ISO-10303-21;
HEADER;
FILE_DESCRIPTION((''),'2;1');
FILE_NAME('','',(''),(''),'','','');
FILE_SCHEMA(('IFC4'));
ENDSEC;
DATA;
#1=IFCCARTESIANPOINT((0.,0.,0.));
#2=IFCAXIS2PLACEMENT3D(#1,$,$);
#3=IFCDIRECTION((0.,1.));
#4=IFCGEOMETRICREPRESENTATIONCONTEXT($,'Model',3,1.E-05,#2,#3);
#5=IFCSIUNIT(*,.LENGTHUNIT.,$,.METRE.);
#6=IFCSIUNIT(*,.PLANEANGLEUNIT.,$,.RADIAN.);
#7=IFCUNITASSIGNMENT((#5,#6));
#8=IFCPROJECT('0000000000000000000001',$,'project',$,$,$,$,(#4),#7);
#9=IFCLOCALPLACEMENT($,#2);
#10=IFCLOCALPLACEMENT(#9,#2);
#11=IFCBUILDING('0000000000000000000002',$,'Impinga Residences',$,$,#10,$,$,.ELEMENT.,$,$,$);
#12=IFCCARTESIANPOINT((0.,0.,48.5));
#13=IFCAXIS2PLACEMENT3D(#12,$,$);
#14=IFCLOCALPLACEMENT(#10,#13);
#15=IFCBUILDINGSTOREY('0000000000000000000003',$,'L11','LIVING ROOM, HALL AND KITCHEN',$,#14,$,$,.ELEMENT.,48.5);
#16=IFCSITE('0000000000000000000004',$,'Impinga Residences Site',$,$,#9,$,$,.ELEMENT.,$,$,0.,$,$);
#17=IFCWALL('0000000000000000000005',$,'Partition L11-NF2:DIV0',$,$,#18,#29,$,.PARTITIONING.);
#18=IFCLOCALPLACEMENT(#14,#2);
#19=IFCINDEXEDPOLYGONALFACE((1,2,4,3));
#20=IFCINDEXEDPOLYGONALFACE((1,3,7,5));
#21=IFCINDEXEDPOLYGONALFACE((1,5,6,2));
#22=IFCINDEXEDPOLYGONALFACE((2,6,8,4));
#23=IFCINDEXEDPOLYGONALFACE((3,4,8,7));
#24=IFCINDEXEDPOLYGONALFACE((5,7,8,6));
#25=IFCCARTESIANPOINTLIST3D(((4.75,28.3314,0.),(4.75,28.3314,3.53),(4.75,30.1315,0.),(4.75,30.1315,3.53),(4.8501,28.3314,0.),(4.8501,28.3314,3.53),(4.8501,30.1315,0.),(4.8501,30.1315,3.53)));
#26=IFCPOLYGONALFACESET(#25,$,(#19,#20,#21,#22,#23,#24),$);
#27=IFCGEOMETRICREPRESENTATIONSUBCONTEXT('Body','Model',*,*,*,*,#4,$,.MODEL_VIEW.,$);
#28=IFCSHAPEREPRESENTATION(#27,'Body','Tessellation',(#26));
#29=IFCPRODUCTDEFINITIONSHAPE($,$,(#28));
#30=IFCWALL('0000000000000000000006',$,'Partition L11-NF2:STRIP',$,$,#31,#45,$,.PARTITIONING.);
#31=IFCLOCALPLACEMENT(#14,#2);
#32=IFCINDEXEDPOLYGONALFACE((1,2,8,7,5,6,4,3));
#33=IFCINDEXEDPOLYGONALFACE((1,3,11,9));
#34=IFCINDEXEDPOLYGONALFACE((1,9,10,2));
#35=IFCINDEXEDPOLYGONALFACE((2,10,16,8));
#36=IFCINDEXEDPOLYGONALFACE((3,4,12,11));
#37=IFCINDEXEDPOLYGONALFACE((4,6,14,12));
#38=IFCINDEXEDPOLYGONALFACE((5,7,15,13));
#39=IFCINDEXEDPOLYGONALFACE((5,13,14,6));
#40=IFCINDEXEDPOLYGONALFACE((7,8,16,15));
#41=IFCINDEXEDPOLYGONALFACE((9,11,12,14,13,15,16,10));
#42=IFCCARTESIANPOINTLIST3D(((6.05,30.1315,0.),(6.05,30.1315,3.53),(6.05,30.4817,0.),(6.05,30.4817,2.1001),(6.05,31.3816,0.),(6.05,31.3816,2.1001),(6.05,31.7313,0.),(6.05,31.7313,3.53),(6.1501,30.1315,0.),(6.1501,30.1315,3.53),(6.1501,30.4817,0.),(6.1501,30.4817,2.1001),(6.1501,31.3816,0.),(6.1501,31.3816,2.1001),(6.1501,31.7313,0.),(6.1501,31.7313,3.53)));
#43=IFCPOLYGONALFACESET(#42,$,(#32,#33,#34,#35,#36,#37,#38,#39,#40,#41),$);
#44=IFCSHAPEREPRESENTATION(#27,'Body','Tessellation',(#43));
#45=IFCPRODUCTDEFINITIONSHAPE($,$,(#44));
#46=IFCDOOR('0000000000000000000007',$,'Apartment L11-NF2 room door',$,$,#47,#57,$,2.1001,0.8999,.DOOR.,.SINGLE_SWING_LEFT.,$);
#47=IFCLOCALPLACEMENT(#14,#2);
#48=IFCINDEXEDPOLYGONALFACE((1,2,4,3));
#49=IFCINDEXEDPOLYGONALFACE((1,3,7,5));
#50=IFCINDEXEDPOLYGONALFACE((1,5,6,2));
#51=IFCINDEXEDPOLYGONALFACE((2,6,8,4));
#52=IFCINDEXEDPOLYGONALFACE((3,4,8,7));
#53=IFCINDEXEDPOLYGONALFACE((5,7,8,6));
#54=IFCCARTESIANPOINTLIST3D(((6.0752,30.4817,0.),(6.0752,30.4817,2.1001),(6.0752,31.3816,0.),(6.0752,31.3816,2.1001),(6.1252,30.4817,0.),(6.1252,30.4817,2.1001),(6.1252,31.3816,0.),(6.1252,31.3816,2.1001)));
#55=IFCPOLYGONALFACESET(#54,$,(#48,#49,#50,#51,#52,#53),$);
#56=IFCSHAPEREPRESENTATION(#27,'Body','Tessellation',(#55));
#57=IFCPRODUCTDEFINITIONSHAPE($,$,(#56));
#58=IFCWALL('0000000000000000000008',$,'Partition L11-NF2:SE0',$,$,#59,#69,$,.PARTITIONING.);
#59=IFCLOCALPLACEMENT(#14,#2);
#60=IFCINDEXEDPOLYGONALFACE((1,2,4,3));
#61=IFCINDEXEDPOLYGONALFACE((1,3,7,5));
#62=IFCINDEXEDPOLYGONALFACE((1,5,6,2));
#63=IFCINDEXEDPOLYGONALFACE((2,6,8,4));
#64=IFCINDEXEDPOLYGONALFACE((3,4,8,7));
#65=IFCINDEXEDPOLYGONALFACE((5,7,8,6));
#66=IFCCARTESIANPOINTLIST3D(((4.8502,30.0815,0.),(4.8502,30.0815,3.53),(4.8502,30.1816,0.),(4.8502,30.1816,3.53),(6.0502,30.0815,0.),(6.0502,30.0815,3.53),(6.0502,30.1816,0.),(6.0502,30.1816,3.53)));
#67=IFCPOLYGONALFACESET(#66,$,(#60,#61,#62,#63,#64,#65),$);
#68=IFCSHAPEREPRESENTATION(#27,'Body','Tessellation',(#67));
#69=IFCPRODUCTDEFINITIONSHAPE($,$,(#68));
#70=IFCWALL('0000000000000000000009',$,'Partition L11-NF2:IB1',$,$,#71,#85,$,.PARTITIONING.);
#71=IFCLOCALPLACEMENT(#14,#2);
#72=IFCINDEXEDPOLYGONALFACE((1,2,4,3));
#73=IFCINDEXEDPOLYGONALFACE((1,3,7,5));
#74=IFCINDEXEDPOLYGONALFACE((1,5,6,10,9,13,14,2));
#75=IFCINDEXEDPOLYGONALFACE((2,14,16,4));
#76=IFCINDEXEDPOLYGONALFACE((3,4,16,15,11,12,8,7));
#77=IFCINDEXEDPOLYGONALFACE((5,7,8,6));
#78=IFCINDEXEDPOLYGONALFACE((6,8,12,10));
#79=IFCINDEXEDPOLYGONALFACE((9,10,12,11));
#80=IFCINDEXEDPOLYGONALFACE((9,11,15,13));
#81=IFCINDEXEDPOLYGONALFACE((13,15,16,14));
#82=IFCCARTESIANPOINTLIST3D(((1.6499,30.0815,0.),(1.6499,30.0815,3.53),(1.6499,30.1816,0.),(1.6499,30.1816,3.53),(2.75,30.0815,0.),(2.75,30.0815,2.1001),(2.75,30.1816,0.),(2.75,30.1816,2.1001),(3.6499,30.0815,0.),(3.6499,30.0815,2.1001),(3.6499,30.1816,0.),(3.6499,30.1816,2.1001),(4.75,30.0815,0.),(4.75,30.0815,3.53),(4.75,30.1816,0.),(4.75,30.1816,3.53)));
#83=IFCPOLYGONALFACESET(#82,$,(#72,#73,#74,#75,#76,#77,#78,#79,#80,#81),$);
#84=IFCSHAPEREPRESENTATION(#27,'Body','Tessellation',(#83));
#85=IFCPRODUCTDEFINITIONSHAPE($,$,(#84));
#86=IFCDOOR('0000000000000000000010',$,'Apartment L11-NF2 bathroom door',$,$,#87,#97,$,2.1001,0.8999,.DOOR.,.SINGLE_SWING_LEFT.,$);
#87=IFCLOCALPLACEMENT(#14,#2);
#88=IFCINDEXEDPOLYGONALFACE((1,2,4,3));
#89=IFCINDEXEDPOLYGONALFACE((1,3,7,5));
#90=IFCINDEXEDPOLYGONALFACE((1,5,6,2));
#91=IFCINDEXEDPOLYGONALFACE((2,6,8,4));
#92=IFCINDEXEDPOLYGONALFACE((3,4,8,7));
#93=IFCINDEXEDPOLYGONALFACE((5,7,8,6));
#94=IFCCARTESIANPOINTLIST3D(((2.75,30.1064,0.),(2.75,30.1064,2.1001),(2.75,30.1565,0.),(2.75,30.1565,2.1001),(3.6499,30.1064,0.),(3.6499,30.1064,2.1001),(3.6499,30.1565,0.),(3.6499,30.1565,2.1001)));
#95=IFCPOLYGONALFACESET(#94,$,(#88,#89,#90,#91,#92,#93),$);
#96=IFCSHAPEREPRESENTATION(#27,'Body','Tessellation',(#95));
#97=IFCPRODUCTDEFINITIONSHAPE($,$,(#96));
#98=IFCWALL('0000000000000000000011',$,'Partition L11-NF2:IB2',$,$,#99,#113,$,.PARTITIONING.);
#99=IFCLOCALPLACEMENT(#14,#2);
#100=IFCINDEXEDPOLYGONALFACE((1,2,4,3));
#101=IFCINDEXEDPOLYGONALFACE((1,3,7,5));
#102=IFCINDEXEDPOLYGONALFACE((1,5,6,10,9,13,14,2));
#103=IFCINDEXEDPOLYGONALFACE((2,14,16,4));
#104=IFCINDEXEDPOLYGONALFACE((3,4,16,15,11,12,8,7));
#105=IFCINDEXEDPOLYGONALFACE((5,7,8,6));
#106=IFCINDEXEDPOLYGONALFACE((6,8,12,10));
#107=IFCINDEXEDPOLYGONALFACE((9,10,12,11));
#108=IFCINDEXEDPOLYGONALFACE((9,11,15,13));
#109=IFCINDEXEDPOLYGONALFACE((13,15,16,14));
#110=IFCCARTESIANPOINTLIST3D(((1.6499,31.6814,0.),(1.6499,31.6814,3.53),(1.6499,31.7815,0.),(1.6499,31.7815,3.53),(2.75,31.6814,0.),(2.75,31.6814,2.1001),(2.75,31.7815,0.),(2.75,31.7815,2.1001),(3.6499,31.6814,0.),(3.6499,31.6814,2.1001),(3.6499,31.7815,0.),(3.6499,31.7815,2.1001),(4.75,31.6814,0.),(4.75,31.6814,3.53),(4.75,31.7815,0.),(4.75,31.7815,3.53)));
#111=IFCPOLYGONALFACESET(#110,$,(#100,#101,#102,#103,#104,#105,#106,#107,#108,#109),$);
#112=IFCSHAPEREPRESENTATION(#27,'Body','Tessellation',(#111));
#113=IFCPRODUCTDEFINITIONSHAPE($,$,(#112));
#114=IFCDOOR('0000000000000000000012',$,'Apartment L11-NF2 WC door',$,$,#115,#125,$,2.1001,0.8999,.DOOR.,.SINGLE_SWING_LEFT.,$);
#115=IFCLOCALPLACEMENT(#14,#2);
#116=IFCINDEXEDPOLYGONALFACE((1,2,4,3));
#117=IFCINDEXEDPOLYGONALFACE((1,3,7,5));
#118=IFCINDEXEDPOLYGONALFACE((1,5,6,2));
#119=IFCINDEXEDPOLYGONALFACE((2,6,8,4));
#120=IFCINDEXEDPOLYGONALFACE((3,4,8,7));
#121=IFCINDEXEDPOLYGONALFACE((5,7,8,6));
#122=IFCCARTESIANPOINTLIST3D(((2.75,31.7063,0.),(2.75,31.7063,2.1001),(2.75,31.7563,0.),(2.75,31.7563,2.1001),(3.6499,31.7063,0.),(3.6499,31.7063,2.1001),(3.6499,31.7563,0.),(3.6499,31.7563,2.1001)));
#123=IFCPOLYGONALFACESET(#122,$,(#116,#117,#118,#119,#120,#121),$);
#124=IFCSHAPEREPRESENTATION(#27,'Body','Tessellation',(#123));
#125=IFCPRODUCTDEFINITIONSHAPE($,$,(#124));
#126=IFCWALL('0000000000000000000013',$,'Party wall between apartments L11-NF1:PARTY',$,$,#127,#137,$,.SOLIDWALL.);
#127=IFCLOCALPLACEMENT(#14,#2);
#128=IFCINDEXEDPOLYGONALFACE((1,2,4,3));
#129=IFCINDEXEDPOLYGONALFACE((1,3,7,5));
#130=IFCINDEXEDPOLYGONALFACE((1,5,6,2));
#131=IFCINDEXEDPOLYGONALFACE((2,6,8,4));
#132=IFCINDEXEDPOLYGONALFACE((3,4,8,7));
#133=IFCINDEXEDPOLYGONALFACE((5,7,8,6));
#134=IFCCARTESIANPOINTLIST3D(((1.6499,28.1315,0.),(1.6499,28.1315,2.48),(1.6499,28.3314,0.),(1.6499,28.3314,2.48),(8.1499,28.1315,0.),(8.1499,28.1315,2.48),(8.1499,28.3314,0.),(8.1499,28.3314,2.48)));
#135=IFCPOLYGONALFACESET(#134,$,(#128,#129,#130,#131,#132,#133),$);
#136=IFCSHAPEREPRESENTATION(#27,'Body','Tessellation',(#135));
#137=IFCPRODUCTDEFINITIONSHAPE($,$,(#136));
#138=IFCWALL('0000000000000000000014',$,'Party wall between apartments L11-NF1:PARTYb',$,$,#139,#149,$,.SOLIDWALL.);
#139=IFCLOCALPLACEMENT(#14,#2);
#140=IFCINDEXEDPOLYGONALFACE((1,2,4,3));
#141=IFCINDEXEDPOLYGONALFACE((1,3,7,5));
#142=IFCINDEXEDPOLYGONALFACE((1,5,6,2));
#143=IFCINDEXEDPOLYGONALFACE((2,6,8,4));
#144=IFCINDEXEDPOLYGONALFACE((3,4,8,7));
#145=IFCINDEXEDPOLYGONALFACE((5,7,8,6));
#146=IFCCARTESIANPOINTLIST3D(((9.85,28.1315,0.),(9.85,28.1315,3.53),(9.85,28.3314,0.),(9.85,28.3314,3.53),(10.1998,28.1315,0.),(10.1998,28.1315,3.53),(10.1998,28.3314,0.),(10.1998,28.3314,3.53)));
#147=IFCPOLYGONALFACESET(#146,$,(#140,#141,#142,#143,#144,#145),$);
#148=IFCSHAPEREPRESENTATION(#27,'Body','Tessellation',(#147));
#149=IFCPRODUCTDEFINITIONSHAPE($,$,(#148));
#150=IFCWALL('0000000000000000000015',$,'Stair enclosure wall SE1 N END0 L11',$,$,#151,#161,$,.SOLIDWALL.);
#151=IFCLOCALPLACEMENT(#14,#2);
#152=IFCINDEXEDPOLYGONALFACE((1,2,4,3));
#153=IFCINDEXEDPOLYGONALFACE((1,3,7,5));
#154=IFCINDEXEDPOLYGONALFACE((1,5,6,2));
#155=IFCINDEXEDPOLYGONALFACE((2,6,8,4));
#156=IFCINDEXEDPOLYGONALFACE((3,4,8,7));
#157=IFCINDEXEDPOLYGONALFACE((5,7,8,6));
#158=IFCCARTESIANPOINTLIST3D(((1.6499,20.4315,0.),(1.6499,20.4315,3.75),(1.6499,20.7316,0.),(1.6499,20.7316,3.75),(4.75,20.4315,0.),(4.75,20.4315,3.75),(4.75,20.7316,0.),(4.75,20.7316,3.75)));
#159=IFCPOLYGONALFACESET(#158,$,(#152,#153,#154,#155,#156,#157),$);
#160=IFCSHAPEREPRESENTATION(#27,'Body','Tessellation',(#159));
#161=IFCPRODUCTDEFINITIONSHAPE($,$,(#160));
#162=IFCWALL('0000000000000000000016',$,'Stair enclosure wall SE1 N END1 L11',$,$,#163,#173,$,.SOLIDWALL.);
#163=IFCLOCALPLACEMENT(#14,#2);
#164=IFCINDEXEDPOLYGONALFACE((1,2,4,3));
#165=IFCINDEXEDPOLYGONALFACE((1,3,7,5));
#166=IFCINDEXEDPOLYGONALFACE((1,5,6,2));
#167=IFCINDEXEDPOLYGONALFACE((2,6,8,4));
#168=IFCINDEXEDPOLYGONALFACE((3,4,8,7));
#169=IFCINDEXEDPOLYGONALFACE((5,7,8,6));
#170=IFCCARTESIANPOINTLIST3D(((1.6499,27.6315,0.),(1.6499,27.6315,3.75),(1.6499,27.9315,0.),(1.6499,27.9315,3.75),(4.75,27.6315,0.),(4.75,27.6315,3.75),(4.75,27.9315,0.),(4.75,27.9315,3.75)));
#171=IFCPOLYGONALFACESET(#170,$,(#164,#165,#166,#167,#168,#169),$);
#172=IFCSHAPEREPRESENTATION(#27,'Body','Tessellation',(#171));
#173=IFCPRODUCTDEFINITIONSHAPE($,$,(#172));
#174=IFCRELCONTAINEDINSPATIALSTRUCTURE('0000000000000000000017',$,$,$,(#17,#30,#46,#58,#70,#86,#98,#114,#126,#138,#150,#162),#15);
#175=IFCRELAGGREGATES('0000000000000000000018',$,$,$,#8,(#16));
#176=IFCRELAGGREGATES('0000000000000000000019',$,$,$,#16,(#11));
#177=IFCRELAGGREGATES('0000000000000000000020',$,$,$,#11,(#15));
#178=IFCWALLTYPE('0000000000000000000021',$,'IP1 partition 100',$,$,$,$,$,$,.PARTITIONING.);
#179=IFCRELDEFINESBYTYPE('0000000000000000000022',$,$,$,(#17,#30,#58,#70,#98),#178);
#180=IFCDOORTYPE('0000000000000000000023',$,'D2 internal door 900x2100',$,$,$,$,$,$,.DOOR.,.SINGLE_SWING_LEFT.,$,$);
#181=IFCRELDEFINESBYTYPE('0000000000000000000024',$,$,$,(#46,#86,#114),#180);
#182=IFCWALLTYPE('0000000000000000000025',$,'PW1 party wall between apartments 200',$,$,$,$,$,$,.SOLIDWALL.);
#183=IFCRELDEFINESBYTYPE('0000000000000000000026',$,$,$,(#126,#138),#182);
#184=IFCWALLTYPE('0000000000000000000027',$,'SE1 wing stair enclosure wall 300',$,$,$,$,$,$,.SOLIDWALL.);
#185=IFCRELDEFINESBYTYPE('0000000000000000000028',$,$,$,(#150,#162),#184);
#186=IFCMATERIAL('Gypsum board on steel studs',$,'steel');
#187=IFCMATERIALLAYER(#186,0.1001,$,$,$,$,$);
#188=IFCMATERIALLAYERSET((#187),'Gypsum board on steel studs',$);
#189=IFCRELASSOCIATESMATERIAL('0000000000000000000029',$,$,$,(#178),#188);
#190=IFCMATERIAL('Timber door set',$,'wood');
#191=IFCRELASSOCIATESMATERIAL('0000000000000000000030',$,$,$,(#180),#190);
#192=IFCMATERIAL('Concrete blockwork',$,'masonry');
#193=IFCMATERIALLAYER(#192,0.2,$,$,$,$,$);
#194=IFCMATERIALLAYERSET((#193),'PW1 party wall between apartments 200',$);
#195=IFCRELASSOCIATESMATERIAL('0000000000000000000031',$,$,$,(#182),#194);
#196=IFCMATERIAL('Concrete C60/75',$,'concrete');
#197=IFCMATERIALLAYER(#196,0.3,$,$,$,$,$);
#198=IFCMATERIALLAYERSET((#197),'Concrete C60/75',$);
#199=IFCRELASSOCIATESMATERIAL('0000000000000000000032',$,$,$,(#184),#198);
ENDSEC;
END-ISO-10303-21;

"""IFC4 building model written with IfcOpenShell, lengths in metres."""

from ifc_helpers import new_model, si_unit, direction, frame, frame_2d, origin, place, context, subcontext, project, spatial, rectangle, extrude, material, layer, layer_set, type_object, element, fill, save


model = new_model("IFC4")

# Units and contexts
model_context = context("Model", 3, precision=1e-05, world=origin(), true_north=direction((0.0, 1.0)))
body_context = subcontext(model_context, "Body", "Model", "MODEL_VIEW")
ifc_project = project(units=[si_unit("LENGTHUNIT", "METRE"), si_unit("PLANEANGLEUNIT", "RADIAN")], contexts=[model_context])

# Site, building, storey
site_placement = place(None, origin())
site = spatial("IfcSite", under=ifc_project, at=site_placement, Name="Impinga Residences Site", CompositionType="ELEMENT", RefElevation=0.0)
building_placement = place(site_placement, origin())
building = spatial("IfcBuilding", under=site, at=building_placement, Name="Impinga Residences", CompositionType="ELEMENT")
storey_placement = place(building_placement, frame((0.0, 0.0, 48.5)))
storey = spatial("IfcBuildingStorey", under=building, at=storey_placement, Name="L11", Description="LIVING ROOM, HALL AND KITCHEN", CompositionType="ELEMENT", Elevation=48.5)

# Shared definitions
ifc_material_1 = material(Name="Concrete C60/75", Category="concrete")

# Shared definitions
ifc_material_2 = material(Name="Gypsum board on steel studs", Category="steel")
ifc_layer_1 = layer(ifc_material_2, 0.1001)
ifc_layer_set_1 = layer_set([ifc_layer_1], Name="Gypsum board on steel studs")
wall_type_1 = type_object("IfcWallType", Name="IP1 partition 100", PredefinedType="PARTITIONING", material=ifc_layer_set_1)

# Shared definitions
ifc_material_3 = material(Name="Timber door set", Category="wood")
door_type = type_object("IfcDoorType", Name="D2 internal door 900x2100", OperationType="SINGLE_SWING_LEFT", PredefinedType="DOOR", material=ifc_material_3)

# Wall
wall_1_placement = place(storey_placement, frame((4.8, 28.3315, 0.0), z_axis=(0.0, 0.0, 1.0), x_axis=(0.0, 1.0, 0.0)))
element("IfcWall", 1, at=wall_1_placement, inside=storey, type_object=wall_type_1, Name="Partition L11-NF2:DIV0", PredefinedType="PARTITIONING", context=body_context, shape_type="SweptSolid", body=[
    extrude(rectangle(XDim=1.8, YDim=0.1001, at=frame_2d((0.8999, 0.0))), origin(), (0.0, 0.0, 1.0), 3.53),
])

# Wall, opening, door
wall_2_placement = place(storey_placement, frame((6.1001, 30.1316, 0.0), z_axis=(0.0, 0.0, 1.0), x_axis=(0.0, 1.0, 0.0)))
wall_2 = element("IfcWall", 2, at=wall_2_placement, inside=storey, type_object=wall_type_1, Name="Partition L11-NF2:STRIP", PredefinedType="PARTITIONING", context=body_context, shape_type="SweptSolid", body=[
    extrude(rectangle(XDim=1.5999, YDim=0.1001, at=frame_2d((0.7998, 0.0))), origin(), (0.0, 0.0, 1.0), 3.53),
])
opening_1_placement = place(wall_2_placement, frame((0.3501, 0.0, 0.0)))
opening_1 = element("IfcOpeningElement", 3, at=opening_1_placement, cuts=wall_2, PredefinedType="OPENING", context=body_context, shape_type="SweptSolid", body=[
    extrude(rectangle(XDim=0.8999, YDim=2.1001, at=frame_2d((0.45, 1.05))), frame((0.0, 0.0601, 0.0), z_axis=(0.0, -1.0, 0.0), x_axis=(1.0, 0.0, 0.0)), (0.0, 0.0, 1.0), 0.1201),
])
door_1_placement = place(opening_1_placement, origin())
door_1 = element("IfcDoor", 4, at=door_1_placement, inside=storey, type_object=door_type, Name="Apartment L11-NF2 room door", OperationType="SINGLE_SWING_LEFT", OverallHeight=2.1001, OverallWidth=0.8999, PredefinedType="DOOR", context=body_context, shape_type="SweptSolid", body=[
    extrude(rectangle(XDim=0.8999, YDim=2.1001, at=frame_2d((0.45, 1.05))), frame((0.0, 0.0249, 0.0), z_axis=(0.0, -1.0, 0.0), x_axis=(1.0, 0.0, 0.0)), (0.0, 0.0, 1.0), 0.05),
])
fill(opening_1, door_1)

# Wall
wall_3_placement = place(storey_placement, frame((4.8501, 30.1316, 0.0), z_axis=(0.0, 0.0, 1.0), x_axis=(1.0, 0.0, 0.0)))
element("IfcWall", 5, at=wall_3_placement, inside=storey, type_object=wall_type_1, Name="Partition L11-NF2:SE0", PredefinedType="PARTITIONING", context=body_context, shape_type="SweptSolid", body=[
    extrude(rectangle(XDim=1.2, YDim=0.1001, at=frame_2d((0.6001, 0.0))), origin(), (0.0, 0.0, 1.0), 3.53),
])

# Walls, openings, doors
wall_4_placement = place(storey_placement, frame((1.6499, 30.1316, 0.0), z_axis=(0.0, 0.0, 1.0), x_axis=(1.0, 0.0, 0.0)))
wall_4 = element("IfcWall", 6, at=wall_4_placement, inside=storey, type_object=wall_type_1, Name="Partition L11-NF2:IB1", PredefinedType="PARTITIONING", context=body_context, shape_type="SweptSolid", body=[
    extrude(rectangle(XDim=3.1001, YDim=0.1001, at=frame_2d((1.55, 0.0))), origin(), (0.0, 0.0, 1.0), 3.53),
])
opening_2_placement = place(wall_4_placement, frame((1.1001, 0.0, 0.0)))
opening_2 = element("IfcOpeningElement", 7, at=opening_2_placement, cuts=wall_4, PredefinedType="OPENING", context=body_context, shape_type="SweptSolid", body=[
    extrude(rectangle(XDim=0.8999, YDim=2.1001, at=frame_2d((0.45, 1.05))), frame((0.0, 0.0601, 0.0), z_axis=(0.0, -1.0, 0.0), x_axis=(1.0, 0.0, 0.0)), (0.0, 0.0, 1.0), 0.1201),
])
door_2_placement = place(opening_2_placement, origin())
door_2 = element("IfcDoor", 8, at=door_2_placement, inside=storey, type_object=door_type, Name="Apartment L11-NF2 bathroom door", OperationType="SINGLE_SWING_LEFT", OverallHeight=2.1001, OverallWidth=0.8999, PredefinedType="DOOR", context=body_context, shape_type="SweptSolid", body=[
    extrude(rectangle(XDim=0.8999, YDim=2.1001, at=frame_2d((0.45, 1.05))), frame((0.0, 0.0249, 0.0), z_axis=(0.0, -1.0, 0.0), x_axis=(1.0, 0.0, 0.0)), (0.0, 0.0, 1.0), 0.05),
])
fill(opening_2, door_2)
wall_5_placement = place(storey_placement, frame((1.6499, 31.7314, 0.0), z_axis=(0.0, 0.0, 1.0), x_axis=(1.0, 0.0, 0.0)))
wall_5 = element("IfcWall", 9, at=wall_5_placement, inside=storey, type_object=wall_type_1, Name="Partition L11-NF2:IB2", PredefinedType="PARTITIONING", context=body_context, shape_type="SweptSolid", body=[
    extrude(rectangle(XDim=3.1001, YDim=0.1001, at=frame_2d((1.55, 0.0))), origin(), (0.0, 0.0, 1.0), 3.53),
])
opening_3_placement = place(wall_5_placement, frame((1.1001, 0.0, 0.0)))
opening_3 = element("IfcOpeningElement", 10, at=opening_3_placement, cuts=wall_5, PredefinedType="OPENING", context=body_context, shape_type="SweptSolid", body=[
    extrude(rectangle(XDim=0.8999, YDim=2.1001, at=frame_2d((0.45, 1.05))), frame((0.0, 0.0601, 0.0), z_axis=(0.0, -1.0, 0.0), x_axis=(1.0, 0.0, 0.0)), (0.0, 0.0, 1.0), 0.1201),
])
door_3_placement = place(opening_3_placement, origin())
door_3 = element("IfcDoor", 11, at=door_3_placement, inside=storey, type_object=door_type, Name="Apartment L11-NF2 WC door", OperationType="SINGLE_SWING_LEFT", OverallHeight=2.1001, OverallWidth=0.8999, PredefinedType="DOOR", context=body_context, shape_type="SweptSolid", body=[
    extrude(rectangle(XDim=0.8999, YDim=2.1001, at=frame_2d((0.45, 1.05))), frame((0.0, 0.0249, 0.0), z_axis=(0.0, -1.0, 0.0), x_axis=(1.0, 0.0, 0.0)), (0.0, 0.0, 1.0), 0.05),
])
fill(opening_3, door_3)

# Walls
ifc_material_4 = material(Name="Concrete blockwork", Category="masonry")
ifc_layer_2 = layer(ifc_material_4, 0.2)
ifc_layer_set_2 = layer_set([ifc_layer_2], Name="PW1 party wall between apartments 200")
wall_type_2 = type_object("IfcWallType", Name="PW1 party wall between apartments 200", PredefinedType="SOLIDWALL", material=ifc_layer_set_2)
wall_6_placement = place(storey_placement, frame((1.6499, 28.2314, 0.0), z_axis=(0.0, 0.0, 1.0), x_axis=(1.0, 0.0, 0.0)))
element("IfcWall", 12, at=wall_6_placement, inside=storey, type_object=wall_type_2, Name="Party wall between apartments L11-NF1:PARTY", PredefinedType="SOLIDWALL", context=body_context, shape_type="SweptSolid", body=[
    extrude(rectangle(XDim=6.5, YDim=0.2, at=frame_2d((3.25, 0.0))), origin(), (0.0, 0.0, 1.0), 2.48),
])
wall_7_placement = place(storey_placement, frame((9.8501, 28.2314, 0.0), z_axis=(0.0, 0.0, 1.0), x_axis=(1.0, 0.0, 0.0)))
element("IfcWall", 13, at=wall_7_placement, inside=storey, type_object=wall_type_2, Name="Party wall between apartments L11-NF1:PARTYb", PredefinedType="SOLIDWALL", context=body_context, shape_type="SweptSolid", body=[
    extrude(rectangle(XDim=0.3499, YDim=0.2, at=frame_2d((0.1748, 0.0))), origin(), (0.0, 0.0, 1.0), 3.53),
])
ifc_layer_3 = layer(ifc_material_1, 0.3)
ifc_layer_set_3 = layer_set([ifc_layer_3], Name="Concrete C60/75")
wall_type_3 = type_object("IfcWallType", Name="SE1 wing stair enclosure wall 300", PredefinedType="SOLIDWALL", material=ifc_layer_set_3)
for number, where, z_axis, x_axis, name in (
    (14, (1.6499, 20.5815, 0.0), (0.0, 0.0, 1.0), (1.0, 0.0, 0.0), "Stair enclosure wall SE1 N END0 L11"),
    (15, (1.6499, 27.7815, 0.0), (0.0, 0.0, 1.0), (1.0, 0.0, 0.0), "Stair enclosure wall SE1 N END1 L11"),
):
    element("IfcWall", number, at=place(storey_placement, frame(where, z_axis=z_axis, x_axis=x_axis)), inside=storey, type_object=wall_type_3, Name=name, PredefinedType="SOLIDWALL", context=body_context, shape_type="SweptSolid", body=[
        extrude(rectangle(XDim=3.1001, YDim=0.3, at=frame_2d((1.55, 0.0))), origin(), (0.0, 0.0, 1.0), 3.75),
    ])

save(model, "model.ifc")
